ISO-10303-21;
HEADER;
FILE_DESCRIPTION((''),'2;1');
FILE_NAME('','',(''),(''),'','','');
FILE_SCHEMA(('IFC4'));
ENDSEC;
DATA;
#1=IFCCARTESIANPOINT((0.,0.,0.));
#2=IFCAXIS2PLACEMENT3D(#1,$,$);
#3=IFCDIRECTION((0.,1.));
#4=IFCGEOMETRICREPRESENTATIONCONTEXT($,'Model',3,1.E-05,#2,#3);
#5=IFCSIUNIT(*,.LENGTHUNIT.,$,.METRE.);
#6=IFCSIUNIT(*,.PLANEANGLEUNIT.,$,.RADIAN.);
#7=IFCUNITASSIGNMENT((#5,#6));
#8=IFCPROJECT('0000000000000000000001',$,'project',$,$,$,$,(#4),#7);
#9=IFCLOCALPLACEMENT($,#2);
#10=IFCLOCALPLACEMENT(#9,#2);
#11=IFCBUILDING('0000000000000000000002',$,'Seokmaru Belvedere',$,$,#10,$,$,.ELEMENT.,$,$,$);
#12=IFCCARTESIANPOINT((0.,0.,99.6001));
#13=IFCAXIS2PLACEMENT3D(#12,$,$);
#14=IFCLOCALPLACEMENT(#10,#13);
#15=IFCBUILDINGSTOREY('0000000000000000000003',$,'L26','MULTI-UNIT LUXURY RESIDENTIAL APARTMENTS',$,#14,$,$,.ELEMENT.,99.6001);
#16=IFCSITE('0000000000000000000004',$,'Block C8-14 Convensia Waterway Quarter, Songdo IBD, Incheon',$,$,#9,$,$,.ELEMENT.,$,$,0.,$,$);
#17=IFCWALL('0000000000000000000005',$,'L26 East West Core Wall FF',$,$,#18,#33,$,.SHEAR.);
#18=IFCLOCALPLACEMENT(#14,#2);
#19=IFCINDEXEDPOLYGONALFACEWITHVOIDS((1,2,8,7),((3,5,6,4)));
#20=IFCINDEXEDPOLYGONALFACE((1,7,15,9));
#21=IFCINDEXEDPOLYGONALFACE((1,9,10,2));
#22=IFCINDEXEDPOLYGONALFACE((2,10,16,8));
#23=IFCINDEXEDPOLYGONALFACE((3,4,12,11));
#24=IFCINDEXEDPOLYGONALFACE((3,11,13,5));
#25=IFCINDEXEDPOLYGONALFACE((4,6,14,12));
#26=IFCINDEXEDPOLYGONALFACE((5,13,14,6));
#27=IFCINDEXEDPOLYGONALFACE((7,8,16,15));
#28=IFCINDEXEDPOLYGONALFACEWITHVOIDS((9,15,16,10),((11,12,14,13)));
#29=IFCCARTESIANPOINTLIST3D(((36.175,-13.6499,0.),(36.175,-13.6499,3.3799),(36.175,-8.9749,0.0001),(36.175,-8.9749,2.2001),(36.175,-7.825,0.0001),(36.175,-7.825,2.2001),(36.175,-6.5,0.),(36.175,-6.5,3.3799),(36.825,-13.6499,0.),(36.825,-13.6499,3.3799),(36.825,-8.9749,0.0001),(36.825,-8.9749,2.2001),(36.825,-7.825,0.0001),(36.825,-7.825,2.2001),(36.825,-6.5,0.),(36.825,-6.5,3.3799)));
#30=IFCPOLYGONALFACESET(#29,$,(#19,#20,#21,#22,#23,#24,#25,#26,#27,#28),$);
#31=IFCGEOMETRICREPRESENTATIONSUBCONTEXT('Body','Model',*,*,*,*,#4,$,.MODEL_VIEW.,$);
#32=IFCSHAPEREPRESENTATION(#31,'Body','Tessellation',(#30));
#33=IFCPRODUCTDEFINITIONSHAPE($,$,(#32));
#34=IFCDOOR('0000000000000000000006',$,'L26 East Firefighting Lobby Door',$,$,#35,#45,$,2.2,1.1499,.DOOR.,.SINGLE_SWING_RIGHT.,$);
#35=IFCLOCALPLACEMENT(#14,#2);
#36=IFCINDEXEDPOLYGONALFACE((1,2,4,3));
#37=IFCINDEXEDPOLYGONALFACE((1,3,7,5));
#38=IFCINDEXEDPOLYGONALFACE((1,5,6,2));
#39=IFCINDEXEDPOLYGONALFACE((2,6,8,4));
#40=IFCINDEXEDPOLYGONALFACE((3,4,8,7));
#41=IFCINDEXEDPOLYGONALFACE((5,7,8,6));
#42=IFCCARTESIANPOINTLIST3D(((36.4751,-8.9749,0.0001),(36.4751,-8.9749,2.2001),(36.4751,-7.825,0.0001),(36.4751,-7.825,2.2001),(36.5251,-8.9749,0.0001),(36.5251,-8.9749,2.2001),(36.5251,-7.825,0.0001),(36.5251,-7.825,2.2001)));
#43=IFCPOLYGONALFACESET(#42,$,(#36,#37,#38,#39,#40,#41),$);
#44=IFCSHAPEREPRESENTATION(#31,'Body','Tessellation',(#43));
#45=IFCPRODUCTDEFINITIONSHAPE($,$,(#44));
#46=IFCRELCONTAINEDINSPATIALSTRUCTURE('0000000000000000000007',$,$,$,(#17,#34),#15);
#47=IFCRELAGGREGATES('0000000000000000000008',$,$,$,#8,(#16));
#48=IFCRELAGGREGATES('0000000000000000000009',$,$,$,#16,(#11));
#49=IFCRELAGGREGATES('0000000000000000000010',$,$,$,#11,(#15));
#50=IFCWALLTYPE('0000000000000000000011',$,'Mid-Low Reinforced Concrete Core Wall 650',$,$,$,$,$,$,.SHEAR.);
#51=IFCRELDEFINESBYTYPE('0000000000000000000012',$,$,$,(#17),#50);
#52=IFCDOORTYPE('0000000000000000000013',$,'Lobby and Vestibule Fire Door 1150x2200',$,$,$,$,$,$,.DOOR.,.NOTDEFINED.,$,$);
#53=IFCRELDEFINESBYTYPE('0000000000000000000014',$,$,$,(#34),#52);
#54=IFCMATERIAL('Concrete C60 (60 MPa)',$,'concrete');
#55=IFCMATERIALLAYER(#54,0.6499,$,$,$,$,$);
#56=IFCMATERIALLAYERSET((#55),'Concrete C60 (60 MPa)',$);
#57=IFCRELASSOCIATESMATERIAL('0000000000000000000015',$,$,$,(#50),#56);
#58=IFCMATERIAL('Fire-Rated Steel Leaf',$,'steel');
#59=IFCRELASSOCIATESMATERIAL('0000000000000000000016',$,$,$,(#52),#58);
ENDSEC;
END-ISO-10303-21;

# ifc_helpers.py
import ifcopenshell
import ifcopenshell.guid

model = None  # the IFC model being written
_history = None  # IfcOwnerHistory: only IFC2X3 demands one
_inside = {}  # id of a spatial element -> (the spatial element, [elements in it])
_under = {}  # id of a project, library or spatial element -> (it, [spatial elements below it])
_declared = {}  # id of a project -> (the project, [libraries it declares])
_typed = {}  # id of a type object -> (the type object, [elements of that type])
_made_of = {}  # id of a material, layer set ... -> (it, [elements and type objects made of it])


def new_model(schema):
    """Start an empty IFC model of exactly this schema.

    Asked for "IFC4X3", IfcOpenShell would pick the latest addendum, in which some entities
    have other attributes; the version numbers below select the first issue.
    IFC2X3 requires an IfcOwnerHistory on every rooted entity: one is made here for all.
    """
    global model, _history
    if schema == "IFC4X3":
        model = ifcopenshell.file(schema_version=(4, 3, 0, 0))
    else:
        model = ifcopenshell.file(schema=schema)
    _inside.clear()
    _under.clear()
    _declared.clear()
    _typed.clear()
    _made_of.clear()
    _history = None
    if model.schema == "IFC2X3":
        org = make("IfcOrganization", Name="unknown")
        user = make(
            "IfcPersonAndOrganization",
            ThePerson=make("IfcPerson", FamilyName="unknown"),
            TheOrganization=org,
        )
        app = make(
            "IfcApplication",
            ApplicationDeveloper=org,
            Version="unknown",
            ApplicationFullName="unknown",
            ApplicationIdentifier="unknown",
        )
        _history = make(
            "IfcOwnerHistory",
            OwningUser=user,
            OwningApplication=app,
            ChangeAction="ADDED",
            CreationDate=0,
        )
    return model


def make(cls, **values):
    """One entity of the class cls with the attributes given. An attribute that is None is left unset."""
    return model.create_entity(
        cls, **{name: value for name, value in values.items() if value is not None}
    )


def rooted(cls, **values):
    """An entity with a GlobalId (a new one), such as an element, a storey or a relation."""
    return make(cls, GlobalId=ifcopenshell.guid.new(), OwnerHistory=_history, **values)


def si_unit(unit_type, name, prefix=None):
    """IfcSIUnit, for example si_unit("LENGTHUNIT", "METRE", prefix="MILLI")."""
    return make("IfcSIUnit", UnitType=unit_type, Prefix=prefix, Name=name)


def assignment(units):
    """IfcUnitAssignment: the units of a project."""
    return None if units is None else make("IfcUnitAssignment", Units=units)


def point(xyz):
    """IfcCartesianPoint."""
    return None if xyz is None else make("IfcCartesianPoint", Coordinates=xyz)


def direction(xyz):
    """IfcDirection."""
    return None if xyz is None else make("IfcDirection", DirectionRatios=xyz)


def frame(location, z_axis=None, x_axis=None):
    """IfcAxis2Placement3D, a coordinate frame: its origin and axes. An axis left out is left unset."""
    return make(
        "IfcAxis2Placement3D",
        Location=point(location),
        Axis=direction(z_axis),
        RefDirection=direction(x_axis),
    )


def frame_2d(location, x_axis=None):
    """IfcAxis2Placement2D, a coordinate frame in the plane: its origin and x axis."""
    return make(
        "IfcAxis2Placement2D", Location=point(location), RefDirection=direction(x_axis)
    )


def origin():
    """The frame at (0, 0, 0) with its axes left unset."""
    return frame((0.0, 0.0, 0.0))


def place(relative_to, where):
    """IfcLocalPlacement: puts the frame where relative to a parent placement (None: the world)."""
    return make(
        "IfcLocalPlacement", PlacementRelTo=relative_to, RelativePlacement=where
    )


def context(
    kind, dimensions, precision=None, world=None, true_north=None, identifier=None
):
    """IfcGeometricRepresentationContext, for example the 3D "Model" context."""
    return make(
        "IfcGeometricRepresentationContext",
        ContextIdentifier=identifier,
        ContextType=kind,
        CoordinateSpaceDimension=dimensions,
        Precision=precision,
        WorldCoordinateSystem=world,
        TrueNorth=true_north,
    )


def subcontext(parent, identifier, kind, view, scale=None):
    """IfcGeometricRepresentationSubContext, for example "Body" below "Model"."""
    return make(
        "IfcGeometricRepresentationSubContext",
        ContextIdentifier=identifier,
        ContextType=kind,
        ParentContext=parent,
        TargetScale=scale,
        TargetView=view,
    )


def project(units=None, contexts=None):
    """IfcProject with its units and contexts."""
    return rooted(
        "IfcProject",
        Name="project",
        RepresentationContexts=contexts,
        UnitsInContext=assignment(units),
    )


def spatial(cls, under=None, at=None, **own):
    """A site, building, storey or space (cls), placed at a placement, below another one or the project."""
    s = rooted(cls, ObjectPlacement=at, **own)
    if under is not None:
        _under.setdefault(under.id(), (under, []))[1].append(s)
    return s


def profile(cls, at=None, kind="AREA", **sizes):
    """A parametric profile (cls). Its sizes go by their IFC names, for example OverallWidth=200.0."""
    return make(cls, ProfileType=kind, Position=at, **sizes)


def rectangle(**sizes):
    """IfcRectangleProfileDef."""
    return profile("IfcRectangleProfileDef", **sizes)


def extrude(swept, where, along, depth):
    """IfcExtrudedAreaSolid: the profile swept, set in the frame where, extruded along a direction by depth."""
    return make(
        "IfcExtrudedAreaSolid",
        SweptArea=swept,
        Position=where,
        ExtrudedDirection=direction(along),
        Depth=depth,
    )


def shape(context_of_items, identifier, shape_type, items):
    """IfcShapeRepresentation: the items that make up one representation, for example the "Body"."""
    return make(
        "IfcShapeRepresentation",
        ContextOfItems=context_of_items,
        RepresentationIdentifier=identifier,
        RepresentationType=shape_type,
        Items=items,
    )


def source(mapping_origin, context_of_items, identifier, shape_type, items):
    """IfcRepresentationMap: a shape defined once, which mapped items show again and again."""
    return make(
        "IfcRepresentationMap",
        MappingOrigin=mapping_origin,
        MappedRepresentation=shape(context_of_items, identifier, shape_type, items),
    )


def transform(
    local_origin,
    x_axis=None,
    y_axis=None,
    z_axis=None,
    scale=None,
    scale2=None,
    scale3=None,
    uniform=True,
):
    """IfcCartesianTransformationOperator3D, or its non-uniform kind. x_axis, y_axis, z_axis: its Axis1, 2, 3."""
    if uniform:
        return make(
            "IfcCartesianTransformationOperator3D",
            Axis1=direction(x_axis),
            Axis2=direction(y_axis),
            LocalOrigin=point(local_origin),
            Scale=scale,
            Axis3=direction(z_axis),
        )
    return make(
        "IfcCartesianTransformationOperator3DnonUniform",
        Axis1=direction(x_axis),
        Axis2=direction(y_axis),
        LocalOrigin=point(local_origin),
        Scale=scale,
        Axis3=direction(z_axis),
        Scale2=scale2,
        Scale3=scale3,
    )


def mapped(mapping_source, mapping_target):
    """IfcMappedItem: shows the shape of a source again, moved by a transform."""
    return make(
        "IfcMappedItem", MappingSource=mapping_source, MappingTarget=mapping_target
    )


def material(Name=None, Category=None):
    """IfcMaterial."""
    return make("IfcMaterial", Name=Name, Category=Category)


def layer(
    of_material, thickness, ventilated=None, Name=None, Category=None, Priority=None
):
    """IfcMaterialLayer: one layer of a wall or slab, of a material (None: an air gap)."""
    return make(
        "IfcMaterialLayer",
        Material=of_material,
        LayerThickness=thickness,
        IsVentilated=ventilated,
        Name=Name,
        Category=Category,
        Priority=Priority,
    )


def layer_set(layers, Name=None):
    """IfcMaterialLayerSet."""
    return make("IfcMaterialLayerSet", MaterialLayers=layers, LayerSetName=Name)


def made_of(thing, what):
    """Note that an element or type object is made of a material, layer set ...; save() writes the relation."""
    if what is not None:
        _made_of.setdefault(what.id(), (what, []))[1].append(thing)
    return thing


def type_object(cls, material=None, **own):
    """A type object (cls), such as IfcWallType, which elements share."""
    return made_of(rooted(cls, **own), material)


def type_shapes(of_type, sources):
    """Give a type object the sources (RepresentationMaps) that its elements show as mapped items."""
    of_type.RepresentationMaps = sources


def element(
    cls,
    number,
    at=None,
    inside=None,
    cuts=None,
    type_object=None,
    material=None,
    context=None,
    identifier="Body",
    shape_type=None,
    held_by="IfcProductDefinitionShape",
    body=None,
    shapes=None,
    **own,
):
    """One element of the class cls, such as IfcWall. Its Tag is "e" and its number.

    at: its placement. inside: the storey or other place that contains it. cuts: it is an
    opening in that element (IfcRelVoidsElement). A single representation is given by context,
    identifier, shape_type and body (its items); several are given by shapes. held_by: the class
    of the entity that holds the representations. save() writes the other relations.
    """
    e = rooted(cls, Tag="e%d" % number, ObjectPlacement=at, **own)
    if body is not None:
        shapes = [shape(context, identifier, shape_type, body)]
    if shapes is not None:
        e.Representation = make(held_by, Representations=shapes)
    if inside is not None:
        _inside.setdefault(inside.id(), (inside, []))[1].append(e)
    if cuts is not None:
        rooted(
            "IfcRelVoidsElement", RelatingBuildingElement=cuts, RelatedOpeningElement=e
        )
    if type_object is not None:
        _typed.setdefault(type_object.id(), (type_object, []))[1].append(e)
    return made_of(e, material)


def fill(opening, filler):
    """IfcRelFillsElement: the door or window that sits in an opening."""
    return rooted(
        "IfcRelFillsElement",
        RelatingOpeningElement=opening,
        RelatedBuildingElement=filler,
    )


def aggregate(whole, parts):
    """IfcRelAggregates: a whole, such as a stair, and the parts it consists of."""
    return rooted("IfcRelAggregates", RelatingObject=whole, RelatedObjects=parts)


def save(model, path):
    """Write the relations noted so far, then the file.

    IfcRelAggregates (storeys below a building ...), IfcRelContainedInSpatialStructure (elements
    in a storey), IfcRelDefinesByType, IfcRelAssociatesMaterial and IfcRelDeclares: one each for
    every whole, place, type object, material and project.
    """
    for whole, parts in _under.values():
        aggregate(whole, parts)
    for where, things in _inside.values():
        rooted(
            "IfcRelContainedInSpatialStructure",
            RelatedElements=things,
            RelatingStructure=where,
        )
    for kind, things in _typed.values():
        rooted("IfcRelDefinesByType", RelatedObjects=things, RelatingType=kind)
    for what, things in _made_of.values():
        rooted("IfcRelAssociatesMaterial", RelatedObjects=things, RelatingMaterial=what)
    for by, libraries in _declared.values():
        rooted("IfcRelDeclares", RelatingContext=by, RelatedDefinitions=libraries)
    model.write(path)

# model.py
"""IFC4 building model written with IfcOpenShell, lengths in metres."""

from ifc_helpers import new_model, si_unit, direction, frame, frame_2d, origin, place, context, subcontext, project, spatial, rectangle, extrude, source, transform, mapped, material, layer, layer_set, type_object, type_shapes, element, fill, save


model = new_model("IFC4")

# Units and contexts
model_context = context("Model", 3, precision=1e-05, world=origin(), true_north=direction((0.0, 1.0)))
body_context = subcontext(model_context, "Body", "Model", "MODEL_VIEW")
ifc_project = project(units=[si_unit("LENGTHUNIT", "METRE"), si_unit("PLANEANGLEUNIT", "RADIAN")], contexts=[model_context])

# Site, building, storey
site_placement = place(None, origin())
site = spatial("IfcSite", under=ifc_project, at=site_placement, Name="Block C8-14 Convensia Waterway Quarter, Songdo IBD, Incheon", CompositionType="ELEMENT", RefElevation=0.0)
building_placement = place(site_placement, origin())
building = spatial("IfcBuilding", under=site, at=building_placement, Name="Seokmaru Belvedere", CompositionType="ELEMENT")
storey_placement = place(building_placement, frame((0.0, 0.0, 99.6001)))
storey = spatial("IfcBuildingStorey", under=building, at=storey_placement, Name="L26", Description="MULTI-UNIT LUXURY RESIDENTIAL APARTMENTS", CompositionType="ELEMENT", Elevation=99.6001)

# Shared definitions
ifc_material_1 = material(Name="Fire-Rated Steel Leaf", Category="steel")

# Wall, opening, door
ifc_material_2 = material(Name="Concrete C60 (60 MPa)", Category="concrete")
ifc_layer_1 = layer(ifc_material_2, 0.6499)
ifc_layer_set_1 = layer_set([ifc_layer_1], Name="Concrete C60 (60 MPa)")
wall_type_1 = type_object("IfcWallType", Name="Mid-Low Reinforced Concrete Core Wall 650", PredefinedType="SHEAR", material=ifc_layer_set_1)
wall_1_placement = place(storey_placement, frame((36.5, -13.6499, 0.0), z_axis=(0.0, 0.0, 1.0), x_axis=(0.0, 1.0, 0.0)))
wall_1 = element("IfcWall", 1, at=wall_1_placement, inside=storey, type_object=wall_type_1, Name="L26 East West Core Wall FF", PredefinedType="SHEAR", context=body_context, shape_type="SweptSolid", body=[
    extrude(rectangle(XDim=7.1499, YDim=0.6499, at=frame_2d((3.575, 0.0))), origin(), (0.0, 0.0, 1.0), 3.3799),
])
opening_1_placement = place(wall_1_placement, frame((4.675, 0.0, 0.0)))
opening_1 = element("IfcOpeningElement", 2, at=opening_1_placement, cuts=wall_1, PredefinedType="OPENING", context=body_context, shape_type="SweptSolid", body=[
    extrude(rectangle(XDim=1.1499, YDim=2.2, at=frame_2d((0.575, 1.1001))), frame((0.0, 0.335, 0.0), z_axis=(0.0, -1.0, 0.0), x_axis=(1.0, 0.0, 0.0)), (0.0, 0.0, 1.0), 0.6699),
])
door_type_1 = type_object("IfcDoorType", Name="Lobby and Vestibule Fire Door 1150x2200", OperationType="NOTDEFINED", PredefinedType="DOOR", material=ifc_material_1)
shared_shape_1 = source(origin(), body_context, "Body", "SweptSolid", [
    extrude(rectangle(XDim=1.1499, YDim=2.2, at=frame_2d((0.575, 1.1001))), frame((0.0, 0.0249, 0.0), z_axis=(0.0, -1.0, 0.0), x_axis=(1.0, 0.0, 0.0)), (0.0, 0.0, 1.0), 0.05),
])
type_shapes(door_type_1, [shared_shape_1])
door_1_placement = place(opening_1_placement, origin())
door_1 = element("IfcDoor", 3, at=door_1_placement, inside=storey, type_object=door_type_1, Name="L26 East Firefighting Lobby Door", OperationType="SINGLE_SWING_RIGHT", OverallHeight=2.2, OverallWidth=1.1499, PredefinedType="DOOR", context=body_context, shape_type="MappedRepresentation", body=[
    mapped(shared_shape_1, transform((0.0, 0.0, 0.0), scale=1.0)),
])
fill(opening_1, door_1)

save(model, "model.ifc")
